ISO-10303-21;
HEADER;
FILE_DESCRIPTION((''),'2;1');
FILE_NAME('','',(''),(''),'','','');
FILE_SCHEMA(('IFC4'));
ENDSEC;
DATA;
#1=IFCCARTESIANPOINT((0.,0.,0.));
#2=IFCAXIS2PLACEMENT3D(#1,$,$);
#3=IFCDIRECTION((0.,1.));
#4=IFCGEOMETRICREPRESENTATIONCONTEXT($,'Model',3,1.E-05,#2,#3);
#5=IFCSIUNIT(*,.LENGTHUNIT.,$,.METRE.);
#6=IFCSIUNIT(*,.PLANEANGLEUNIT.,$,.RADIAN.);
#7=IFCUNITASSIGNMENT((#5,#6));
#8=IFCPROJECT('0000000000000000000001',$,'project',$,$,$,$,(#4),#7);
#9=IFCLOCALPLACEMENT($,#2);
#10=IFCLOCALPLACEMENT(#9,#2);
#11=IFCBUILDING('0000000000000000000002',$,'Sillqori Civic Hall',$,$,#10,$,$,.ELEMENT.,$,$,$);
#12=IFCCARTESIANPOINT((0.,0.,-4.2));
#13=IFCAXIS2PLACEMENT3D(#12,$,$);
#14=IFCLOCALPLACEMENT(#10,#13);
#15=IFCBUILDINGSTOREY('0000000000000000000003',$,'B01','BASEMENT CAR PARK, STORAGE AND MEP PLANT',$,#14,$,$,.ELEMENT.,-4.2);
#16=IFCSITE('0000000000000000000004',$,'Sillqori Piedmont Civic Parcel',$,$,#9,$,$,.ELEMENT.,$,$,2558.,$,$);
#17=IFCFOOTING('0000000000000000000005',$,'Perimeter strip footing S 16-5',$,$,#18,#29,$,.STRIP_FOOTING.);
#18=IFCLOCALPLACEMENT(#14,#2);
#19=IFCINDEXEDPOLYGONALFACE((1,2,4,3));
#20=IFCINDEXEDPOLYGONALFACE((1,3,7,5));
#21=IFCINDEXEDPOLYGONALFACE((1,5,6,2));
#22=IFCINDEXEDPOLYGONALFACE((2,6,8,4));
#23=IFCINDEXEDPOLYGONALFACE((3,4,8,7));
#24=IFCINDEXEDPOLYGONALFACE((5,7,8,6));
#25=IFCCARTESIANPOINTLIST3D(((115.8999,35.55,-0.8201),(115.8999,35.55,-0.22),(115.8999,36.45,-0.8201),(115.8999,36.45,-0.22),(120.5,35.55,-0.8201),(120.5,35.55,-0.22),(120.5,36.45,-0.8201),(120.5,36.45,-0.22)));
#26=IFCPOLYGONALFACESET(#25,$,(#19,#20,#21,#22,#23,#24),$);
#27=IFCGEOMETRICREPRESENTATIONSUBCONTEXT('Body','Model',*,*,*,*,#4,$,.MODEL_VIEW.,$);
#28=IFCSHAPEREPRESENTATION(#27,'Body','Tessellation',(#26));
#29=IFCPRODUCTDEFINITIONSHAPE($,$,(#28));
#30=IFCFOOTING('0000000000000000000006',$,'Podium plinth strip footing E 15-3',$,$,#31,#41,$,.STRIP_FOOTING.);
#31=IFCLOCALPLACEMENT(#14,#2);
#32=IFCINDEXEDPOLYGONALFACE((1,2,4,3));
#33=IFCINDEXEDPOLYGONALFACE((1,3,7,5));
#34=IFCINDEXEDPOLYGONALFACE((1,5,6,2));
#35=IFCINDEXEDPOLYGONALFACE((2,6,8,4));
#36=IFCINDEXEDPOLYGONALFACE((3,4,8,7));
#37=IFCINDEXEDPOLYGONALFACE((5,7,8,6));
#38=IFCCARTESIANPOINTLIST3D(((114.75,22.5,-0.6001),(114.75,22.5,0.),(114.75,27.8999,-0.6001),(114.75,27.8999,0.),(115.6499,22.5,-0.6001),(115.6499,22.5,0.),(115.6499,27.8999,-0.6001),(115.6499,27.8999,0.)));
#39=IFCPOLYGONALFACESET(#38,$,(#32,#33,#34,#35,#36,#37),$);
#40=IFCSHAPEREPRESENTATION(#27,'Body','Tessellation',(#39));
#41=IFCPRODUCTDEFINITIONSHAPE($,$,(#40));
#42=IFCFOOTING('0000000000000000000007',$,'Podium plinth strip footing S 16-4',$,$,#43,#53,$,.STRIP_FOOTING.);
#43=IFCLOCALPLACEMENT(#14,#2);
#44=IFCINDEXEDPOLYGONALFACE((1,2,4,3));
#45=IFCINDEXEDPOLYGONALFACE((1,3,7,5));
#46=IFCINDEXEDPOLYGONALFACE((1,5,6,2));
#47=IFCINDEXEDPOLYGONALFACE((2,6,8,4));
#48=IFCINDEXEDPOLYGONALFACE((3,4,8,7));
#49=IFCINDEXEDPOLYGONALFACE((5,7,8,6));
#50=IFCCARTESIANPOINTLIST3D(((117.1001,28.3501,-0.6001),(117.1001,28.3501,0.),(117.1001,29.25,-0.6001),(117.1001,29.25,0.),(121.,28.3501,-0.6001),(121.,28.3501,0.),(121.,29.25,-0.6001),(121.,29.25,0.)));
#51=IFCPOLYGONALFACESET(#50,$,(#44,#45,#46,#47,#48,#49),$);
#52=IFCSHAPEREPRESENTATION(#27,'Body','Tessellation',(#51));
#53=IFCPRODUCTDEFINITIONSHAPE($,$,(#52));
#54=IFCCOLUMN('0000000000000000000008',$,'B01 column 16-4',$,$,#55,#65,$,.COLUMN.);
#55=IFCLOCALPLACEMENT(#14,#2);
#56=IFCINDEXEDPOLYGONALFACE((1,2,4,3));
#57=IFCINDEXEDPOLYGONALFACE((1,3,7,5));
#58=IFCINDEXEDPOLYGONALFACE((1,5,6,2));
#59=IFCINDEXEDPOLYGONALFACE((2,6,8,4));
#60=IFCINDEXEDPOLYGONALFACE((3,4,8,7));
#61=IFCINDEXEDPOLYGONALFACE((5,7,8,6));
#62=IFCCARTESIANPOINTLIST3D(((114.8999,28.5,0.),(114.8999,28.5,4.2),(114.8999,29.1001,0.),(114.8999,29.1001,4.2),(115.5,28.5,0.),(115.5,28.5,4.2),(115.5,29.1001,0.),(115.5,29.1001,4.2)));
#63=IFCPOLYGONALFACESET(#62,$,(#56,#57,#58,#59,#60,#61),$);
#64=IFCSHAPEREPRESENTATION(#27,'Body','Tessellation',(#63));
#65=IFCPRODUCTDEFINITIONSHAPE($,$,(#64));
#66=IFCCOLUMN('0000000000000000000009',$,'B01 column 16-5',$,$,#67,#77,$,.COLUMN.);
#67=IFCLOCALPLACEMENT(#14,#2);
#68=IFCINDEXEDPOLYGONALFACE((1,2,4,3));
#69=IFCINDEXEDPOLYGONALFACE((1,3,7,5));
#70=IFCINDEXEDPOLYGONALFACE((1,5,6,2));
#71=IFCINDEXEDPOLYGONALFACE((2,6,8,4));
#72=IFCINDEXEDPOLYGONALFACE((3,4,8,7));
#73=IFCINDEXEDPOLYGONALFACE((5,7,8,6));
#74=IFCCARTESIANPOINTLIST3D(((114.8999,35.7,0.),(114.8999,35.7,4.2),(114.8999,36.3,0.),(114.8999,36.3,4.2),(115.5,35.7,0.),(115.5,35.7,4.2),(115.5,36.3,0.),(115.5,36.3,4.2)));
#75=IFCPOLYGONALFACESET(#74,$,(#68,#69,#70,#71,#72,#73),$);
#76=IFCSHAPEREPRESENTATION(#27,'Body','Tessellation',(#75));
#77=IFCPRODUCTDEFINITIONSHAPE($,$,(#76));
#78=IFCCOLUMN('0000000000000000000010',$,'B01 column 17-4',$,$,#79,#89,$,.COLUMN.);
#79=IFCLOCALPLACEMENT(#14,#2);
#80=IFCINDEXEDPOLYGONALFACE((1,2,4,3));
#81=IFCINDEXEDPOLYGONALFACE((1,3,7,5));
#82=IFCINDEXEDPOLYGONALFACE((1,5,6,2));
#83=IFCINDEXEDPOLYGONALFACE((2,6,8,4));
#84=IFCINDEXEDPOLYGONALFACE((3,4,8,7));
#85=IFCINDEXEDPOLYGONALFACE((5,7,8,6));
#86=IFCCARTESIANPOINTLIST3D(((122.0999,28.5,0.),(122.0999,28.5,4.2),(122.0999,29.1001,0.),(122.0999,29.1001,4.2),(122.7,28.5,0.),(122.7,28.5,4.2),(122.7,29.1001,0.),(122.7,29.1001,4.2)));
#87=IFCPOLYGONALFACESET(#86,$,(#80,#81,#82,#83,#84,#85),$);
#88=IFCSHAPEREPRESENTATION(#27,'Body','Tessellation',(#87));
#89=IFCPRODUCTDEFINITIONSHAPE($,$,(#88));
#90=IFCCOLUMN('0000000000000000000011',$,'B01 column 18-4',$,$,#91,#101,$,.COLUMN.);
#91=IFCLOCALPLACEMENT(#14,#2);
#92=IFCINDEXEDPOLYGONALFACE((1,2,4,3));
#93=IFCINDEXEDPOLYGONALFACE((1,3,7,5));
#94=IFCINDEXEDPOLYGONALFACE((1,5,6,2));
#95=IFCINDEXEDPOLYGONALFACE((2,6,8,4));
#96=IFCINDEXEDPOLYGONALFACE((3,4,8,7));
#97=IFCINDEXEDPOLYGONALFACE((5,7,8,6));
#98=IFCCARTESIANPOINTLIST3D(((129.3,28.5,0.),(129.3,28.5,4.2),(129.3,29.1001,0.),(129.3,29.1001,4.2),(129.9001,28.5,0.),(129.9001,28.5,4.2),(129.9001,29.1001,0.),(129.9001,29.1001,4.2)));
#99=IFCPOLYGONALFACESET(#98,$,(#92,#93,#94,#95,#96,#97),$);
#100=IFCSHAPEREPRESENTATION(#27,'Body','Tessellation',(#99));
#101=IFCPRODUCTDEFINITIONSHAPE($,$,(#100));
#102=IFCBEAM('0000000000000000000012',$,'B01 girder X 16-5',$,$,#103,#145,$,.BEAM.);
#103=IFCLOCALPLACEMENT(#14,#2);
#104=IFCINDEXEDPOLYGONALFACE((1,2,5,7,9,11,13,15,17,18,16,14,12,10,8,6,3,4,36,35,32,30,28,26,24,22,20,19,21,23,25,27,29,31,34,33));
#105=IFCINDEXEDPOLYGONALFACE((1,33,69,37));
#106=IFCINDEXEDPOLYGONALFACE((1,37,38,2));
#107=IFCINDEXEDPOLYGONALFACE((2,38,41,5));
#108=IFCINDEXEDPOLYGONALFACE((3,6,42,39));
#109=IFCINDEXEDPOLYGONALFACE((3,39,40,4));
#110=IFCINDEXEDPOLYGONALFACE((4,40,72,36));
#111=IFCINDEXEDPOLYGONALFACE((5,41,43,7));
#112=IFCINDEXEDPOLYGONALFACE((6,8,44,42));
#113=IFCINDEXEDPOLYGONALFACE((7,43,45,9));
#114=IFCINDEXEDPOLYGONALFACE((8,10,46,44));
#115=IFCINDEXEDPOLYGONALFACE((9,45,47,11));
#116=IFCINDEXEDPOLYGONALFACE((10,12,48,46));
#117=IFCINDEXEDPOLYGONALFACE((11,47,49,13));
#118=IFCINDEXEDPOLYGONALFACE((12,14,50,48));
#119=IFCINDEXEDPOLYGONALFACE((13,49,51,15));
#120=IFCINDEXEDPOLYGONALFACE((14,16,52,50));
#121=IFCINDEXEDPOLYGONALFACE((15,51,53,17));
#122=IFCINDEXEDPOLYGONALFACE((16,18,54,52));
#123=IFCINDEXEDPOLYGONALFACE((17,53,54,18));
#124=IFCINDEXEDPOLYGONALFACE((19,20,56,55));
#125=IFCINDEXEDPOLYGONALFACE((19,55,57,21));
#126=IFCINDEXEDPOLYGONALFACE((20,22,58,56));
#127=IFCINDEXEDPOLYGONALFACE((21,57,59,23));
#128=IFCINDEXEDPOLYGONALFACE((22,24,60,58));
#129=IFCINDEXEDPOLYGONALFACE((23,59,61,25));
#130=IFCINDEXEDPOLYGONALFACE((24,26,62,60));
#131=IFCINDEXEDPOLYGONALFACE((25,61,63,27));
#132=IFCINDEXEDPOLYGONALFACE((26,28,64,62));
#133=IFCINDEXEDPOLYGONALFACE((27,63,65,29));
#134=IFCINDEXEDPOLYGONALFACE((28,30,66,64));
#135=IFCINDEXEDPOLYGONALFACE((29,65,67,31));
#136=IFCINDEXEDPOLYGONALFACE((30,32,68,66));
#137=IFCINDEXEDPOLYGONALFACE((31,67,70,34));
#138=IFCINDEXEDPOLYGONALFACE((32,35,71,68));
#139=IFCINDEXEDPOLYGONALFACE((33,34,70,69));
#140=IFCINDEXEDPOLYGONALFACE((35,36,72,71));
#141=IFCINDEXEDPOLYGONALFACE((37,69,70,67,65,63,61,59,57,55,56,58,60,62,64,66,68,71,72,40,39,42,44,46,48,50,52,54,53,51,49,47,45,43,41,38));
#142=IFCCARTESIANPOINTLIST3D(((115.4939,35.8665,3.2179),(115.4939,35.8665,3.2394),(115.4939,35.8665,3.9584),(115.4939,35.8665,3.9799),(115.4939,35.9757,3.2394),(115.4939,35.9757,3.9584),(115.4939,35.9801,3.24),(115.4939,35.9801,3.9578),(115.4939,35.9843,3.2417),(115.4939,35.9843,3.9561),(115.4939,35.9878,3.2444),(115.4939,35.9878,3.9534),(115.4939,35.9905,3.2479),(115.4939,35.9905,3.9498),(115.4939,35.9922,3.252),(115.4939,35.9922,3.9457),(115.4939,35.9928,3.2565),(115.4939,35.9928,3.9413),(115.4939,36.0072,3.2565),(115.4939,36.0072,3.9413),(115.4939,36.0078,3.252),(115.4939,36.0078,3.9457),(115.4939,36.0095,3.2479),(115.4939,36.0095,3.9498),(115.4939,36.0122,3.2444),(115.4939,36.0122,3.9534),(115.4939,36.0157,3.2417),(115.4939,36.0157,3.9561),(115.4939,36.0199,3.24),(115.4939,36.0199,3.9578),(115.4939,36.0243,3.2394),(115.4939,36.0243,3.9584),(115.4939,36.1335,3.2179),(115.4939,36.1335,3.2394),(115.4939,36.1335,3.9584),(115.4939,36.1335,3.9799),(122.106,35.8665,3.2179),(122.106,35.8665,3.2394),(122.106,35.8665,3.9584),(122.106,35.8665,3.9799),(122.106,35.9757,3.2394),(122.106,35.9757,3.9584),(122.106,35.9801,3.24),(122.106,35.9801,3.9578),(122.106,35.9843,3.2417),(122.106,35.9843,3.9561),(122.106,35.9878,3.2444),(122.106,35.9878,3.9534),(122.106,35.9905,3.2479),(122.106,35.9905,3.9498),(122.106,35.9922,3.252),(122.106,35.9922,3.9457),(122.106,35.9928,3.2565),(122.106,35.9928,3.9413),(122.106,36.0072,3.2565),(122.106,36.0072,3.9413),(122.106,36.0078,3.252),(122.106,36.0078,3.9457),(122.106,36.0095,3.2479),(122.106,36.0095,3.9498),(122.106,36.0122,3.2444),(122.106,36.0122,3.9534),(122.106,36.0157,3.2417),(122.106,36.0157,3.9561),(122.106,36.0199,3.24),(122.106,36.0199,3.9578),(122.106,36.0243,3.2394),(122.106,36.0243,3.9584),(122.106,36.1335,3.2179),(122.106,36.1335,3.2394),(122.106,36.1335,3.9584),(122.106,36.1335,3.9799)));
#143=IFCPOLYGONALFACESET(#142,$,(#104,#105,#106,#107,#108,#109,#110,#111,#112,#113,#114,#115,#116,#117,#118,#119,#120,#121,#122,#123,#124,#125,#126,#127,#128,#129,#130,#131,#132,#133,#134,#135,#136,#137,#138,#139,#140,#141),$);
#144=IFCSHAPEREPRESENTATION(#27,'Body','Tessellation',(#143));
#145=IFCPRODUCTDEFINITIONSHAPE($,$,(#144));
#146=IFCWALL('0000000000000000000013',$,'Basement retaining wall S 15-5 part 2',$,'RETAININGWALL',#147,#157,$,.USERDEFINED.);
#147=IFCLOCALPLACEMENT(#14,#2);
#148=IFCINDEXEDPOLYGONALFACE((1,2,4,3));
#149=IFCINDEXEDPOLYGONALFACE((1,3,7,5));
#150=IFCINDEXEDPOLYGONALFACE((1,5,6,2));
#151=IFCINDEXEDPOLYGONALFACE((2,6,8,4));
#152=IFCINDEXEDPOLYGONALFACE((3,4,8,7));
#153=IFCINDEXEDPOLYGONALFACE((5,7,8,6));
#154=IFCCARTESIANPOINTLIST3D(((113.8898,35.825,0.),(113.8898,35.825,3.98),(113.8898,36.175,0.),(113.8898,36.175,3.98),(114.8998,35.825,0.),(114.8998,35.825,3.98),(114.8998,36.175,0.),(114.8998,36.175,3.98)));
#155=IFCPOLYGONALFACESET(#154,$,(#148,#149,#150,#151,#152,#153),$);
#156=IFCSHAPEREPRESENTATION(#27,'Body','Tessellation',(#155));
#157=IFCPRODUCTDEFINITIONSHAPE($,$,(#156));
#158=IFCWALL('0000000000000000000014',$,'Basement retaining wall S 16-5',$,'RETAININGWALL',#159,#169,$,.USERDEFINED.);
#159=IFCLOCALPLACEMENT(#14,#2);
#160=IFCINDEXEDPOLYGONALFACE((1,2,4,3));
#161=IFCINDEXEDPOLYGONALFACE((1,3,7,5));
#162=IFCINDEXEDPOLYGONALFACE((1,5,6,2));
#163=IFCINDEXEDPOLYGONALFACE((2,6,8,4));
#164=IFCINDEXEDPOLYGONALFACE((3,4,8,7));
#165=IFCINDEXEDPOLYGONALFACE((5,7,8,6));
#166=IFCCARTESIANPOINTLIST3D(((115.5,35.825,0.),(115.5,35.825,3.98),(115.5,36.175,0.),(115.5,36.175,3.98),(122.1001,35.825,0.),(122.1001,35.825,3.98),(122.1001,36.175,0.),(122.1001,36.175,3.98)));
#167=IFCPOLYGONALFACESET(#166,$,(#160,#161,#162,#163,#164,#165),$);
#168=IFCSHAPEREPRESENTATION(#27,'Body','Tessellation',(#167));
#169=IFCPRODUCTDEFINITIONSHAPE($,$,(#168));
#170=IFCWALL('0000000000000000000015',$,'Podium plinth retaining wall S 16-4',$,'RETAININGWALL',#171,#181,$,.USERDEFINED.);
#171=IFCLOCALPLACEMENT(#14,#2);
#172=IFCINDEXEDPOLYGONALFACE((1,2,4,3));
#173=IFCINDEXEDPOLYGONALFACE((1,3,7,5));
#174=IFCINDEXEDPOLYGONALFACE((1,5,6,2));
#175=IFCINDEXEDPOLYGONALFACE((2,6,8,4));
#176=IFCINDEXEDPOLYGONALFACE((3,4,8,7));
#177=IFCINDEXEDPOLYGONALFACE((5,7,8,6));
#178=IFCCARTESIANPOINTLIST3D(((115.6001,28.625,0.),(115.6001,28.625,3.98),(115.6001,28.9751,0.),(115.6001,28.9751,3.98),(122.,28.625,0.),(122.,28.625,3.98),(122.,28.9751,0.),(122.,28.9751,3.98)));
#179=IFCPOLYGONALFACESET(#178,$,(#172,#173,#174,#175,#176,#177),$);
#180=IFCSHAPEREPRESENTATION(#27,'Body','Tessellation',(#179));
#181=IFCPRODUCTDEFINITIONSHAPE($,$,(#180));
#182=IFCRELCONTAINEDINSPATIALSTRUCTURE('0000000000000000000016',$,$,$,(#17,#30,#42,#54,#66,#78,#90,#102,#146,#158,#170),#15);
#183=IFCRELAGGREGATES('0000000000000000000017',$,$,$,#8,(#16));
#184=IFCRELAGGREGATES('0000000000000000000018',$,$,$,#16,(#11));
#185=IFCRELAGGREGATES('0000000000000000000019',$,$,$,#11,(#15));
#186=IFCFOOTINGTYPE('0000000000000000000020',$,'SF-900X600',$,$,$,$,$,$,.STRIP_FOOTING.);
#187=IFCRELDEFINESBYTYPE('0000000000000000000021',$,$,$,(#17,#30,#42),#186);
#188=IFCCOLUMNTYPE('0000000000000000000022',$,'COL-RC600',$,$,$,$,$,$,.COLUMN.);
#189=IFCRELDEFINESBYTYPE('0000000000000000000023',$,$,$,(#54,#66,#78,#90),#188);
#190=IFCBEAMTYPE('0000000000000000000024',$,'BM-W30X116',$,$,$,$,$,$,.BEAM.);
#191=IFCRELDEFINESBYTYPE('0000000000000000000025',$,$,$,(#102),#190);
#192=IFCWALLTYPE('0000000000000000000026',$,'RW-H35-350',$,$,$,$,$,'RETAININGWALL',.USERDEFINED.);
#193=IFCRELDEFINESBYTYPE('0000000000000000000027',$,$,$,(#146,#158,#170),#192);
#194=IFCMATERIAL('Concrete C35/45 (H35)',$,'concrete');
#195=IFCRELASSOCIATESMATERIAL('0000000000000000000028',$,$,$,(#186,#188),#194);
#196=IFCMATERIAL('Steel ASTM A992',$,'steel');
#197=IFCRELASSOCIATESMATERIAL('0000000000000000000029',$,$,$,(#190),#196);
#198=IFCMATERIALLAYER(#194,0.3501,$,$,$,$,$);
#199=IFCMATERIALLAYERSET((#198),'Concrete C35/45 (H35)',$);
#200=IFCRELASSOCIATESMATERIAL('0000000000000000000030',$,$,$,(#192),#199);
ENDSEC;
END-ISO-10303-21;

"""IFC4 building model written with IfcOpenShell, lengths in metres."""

from ifc_helpers import new_model, si_unit, direction, frame, frame_2d, origin, origin_2d, place, context, subcontext, project, spatial, rectangle, i_section, extrude, material, layer, layer_set, material_profile, profile_set, type_object, element, save


model = new_model("IFC4")

# Units and contexts
model_context = context("Model", 3, precision=1e-05, world=origin(), true_north=direction((0.0, 1.0)))
body_context = subcontext(model_context, "Body", "Model", "MODEL_VIEW")
ifc_project = project(units=[si_unit("LENGTHUNIT", "METRE"), si_unit("PLANEANGLEUNIT", "RADIAN")], contexts=[model_context])

# Site, building, storey
site_placement = place(None, origin())
site = spatial("IfcSite", under=ifc_project, at=site_placement, Name="Sillqori Piedmont Civic Parcel", CompositionType="ELEMENT", RefElevation=2558.0)
building_placement = place(site_placement, origin())
building = spatial("IfcBuilding", under=site, at=building_placement, Name="Sillqori Civic Hall", CompositionType="ELEMENT")
storey_placement = place(building_placement, frame((0.0, 0.0, -4.2)))
storey = spatial("IfcBuildingStorey", under=building, at=storey_placement, Name="B01", Description="BASEMENT CAR PARK, STORAGE AND MEP PLANT", CompositionType="ELEMENT", Elevation=-4.2)

# Shared definitions
ifc_material_1 = material(Name="Concrete C35/45 (H35)", Category="concrete")

# Footings
footing_type_1 = type_object("IfcFootingType", Name="SF-900X600", PredefinedType="STRIP_FOOTING", material=ifc_material_1)
footing_1_placement = place(storey_placement, frame((118.2, 36.0, -0.8201), z_axis=(0.0, 0.0, 1.0), x_axis=(1.0, 0.0, 0.0)))
element("IfcFooting", 1, at=footing_1_placement, inside=storey, type_object=footing_type_1, Name="Perimeter strip footing S 16-5", PredefinedType="STRIP_FOOTING", context=body_context, shape_type="SweptSolid", body=[
    extrude(rectangle(XDim=4.6001, YDim=0.8999, at=origin_2d()), origin(), (0.0, 0.0, 1.0), 0.6001),
])
footing_2_placement = place(storey_placement, frame((115.2, 25.2, -0.6001), z_axis=(0.0, 0.0, 1.0), x_axis=(1.0, 0.0, 0.0)))
element("IfcFooting", 2, at=footing_2_placement, inside=storey, type_object=footing_type_1, Name="Podium plinth strip footing E 15-3", PredefinedType="STRIP_FOOTING", context=body_context, shape_type="SweptSolid", body=[
    extrude(rectangle(XDim=0.8999, YDim=5.3999, at=origin_2d()), origin(), (0.0, 0.0, 1.0), 0.6001),
])
footing_3_placement = place(storey_placement, frame((119.05, 28.8, -0.6001), z_axis=(0.0, 0.0, 1.0), x_axis=(1.0, 0.0, 0.0)))
element("IfcFooting", 3, at=footing_3_placement, inside=storey, type_object=footing_type_1, Name="Podium plinth strip footing S 16-4", PredefinedType="STRIP_FOOTING", context=body_context, shape_type="SweptSolid", body=[
    extrude(rectangle(XDim=3.8999, YDim=0.8999, at=origin_2d()), origin(), (0.0, 0.0, 1.0), 0.6001),
])

# Columns
ifc_material_profile_1 = material_profile(ifc_material_1, rectangle(XDim=0.6001, YDim=0.6001, at=origin_2d()), Name="RC 600x600")
ifc_profile_set_1 = profile_set([ifc_material_profile_1], Name="Concrete C35/45 (H35)")
column_type = type_object("IfcColumnType", Name="COL-RC600", PredefinedType="COLUMN", material=ifc_profile_set_1)
for number, where, z_axis, x_axis, name in (
    (4, (115.2, 28.8, 0.0), (0.0, 0.0, 1.0), (1.0, 0.0, 0.0), "B01 column 16-4"),
    (5, (115.2, 36.0, 0.0), (0.0, 0.0, 1.0), (1.0, 0.0, 0.0), "B01 column 16-5"),
    (6, (122.3999, 28.8, 0.0), (0.0, 0.0, 1.0), (1.0, 0.0, 0.0), "B01 column 17-4"),
    (7, (129.6001, 28.8, 0.0), (0.0, 0.0, 1.0), (1.0, 0.0, 0.0), "B01 column 18-4"),
):
    element("IfcColumn", number, at=place(storey_placement, frame(where, z_axis=z_axis, x_axis=x_axis)), inside=storey, type_object=column_type, Name=name, PredefinedType="COLUMN", context=body_context, shape_type="SweptSolid", body=[
        extrude(rectangle(XDim=0.6001, YDim=0.6001, at=origin_2d()), origin(), (0.0, 0.0, 1.0), 4.2),
    ])

# Beam
ifc_material_2 = material(Name="Steel ASTM A992", Category="steel")
ifc_material_profile_2 = material_profile(ifc_material_2, i_section(OverallWidth=0.2671, OverallDepth=0.762, WebThickness=0.0144, FlangeThickness=0.0215, FilletRadius=0.0171, at=origin_2d()), Name="W30X116")
ifc_profile_set_2 = profile_set([ifc_material_profile_2], Name="Steel ASTM A992")
beam_type = type_object("IfcBeamType", Name="BM-W30X116", PredefinedType="BEAM", material=ifc_profile_set_2)
beam_placement = place(storey_placement, frame((115.4939, 36.0, 3.5989), z_axis=(1.0, 0.0, 0.0), x_axis=(0.0, 1.0, 0.0)))
element("IfcBeam", 8, at=beam_placement, inside=storey, type_object=beam_type, Name="B01 girder X 16-5", PredefinedType="BEAM", context=body_context, shape_type="SweptSolid", body=[
    extrude(i_section(OverallWidth=0.2671, OverallDepth=0.762, WebThickness=0.0144, FlangeThickness=0.0215, FilletRadius=0.0171, at=origin_2d()), origin(), (0.0, 0.0, 1.0), 6.6121),
])

# Walls
ifc_layer = layer(ifc_material_1, 0.3501)
ifc_layer_set = layer_set([ifc_layer], Name="Concrete C35/45 (H35)")
wall_type = type_object("IfcWallType", Name="RW-H35-350", ElementType="RETAININGWALL", PredefinedType="USERDEFINED", material=ifc_layer_set)
wall_1_placement = place(storey_placement, frame((113.8899, 36.0, 0.0), z_axis=(0.0, 0.0, 1.0), x_axis=(1.0, 0.0, 0.0)))
element("IfcWall", 9, at=wall_1_placement, inside=storey, type_object=wall_type, Name="Basement retaining wall S 15-5 part 2", ObjectType="RETAININGWALL", PredefinedType="USERDEFINED", context=body_context, shape_type="SweptSolid", body=[
    extrude(rectangle(XDim=1.01, YDim=0.3501, at=frame_2d((0.5049, 0.0))), origin(), (0.0, 0.0, 1.0), 3.98),
])
wall_2_placement = place(storey_placement, frame((115.5, 36.0, 0.0), z_axis=(0.0, 0.0, 1.0), x_axis=(1.0, 0.0, 0.0)))
element("IfcWall", 10, at=wall_2_placement, inside=storey, type_object=wall_type, Name="Basement retaining wall S 16-5", ObjectType="RETAININGWALL", PredefinedType="USERDEFINED", context=body_context, shape_type="SweptSolid", body=[
    extrude(rectangle(XDim=6.6001, YDim=0.3501, at=frame_2d((3.3, 0.0))), origin(), (0.0, 0.0, 1.0), 3.98),
])
wall_3_placement = place(storey_placement, frame((115.6001, 28.8, 0.0), z_axis=(0.0, 0.0, 1.0), x_axis=(1.0, 0.0, 0.0)))
element("IfcWall", 11, at=wall_3_placement, inside=storey, type_object=wall_type, Name="Podium plinth retaining wall S 16-4", ObjectType="RETAININGWALL", PredefinedType="USERDEFINED", context=body_context, shape_type="SweptSolid", body=[
    extrude(rectangle(XDim=6.3999, YDim=0.3501, at=frame_2d((3.2, 0.0))), origin(), (0.0, 0.0, 1.0), 3.98),
])

save(model, "model.ifc")
